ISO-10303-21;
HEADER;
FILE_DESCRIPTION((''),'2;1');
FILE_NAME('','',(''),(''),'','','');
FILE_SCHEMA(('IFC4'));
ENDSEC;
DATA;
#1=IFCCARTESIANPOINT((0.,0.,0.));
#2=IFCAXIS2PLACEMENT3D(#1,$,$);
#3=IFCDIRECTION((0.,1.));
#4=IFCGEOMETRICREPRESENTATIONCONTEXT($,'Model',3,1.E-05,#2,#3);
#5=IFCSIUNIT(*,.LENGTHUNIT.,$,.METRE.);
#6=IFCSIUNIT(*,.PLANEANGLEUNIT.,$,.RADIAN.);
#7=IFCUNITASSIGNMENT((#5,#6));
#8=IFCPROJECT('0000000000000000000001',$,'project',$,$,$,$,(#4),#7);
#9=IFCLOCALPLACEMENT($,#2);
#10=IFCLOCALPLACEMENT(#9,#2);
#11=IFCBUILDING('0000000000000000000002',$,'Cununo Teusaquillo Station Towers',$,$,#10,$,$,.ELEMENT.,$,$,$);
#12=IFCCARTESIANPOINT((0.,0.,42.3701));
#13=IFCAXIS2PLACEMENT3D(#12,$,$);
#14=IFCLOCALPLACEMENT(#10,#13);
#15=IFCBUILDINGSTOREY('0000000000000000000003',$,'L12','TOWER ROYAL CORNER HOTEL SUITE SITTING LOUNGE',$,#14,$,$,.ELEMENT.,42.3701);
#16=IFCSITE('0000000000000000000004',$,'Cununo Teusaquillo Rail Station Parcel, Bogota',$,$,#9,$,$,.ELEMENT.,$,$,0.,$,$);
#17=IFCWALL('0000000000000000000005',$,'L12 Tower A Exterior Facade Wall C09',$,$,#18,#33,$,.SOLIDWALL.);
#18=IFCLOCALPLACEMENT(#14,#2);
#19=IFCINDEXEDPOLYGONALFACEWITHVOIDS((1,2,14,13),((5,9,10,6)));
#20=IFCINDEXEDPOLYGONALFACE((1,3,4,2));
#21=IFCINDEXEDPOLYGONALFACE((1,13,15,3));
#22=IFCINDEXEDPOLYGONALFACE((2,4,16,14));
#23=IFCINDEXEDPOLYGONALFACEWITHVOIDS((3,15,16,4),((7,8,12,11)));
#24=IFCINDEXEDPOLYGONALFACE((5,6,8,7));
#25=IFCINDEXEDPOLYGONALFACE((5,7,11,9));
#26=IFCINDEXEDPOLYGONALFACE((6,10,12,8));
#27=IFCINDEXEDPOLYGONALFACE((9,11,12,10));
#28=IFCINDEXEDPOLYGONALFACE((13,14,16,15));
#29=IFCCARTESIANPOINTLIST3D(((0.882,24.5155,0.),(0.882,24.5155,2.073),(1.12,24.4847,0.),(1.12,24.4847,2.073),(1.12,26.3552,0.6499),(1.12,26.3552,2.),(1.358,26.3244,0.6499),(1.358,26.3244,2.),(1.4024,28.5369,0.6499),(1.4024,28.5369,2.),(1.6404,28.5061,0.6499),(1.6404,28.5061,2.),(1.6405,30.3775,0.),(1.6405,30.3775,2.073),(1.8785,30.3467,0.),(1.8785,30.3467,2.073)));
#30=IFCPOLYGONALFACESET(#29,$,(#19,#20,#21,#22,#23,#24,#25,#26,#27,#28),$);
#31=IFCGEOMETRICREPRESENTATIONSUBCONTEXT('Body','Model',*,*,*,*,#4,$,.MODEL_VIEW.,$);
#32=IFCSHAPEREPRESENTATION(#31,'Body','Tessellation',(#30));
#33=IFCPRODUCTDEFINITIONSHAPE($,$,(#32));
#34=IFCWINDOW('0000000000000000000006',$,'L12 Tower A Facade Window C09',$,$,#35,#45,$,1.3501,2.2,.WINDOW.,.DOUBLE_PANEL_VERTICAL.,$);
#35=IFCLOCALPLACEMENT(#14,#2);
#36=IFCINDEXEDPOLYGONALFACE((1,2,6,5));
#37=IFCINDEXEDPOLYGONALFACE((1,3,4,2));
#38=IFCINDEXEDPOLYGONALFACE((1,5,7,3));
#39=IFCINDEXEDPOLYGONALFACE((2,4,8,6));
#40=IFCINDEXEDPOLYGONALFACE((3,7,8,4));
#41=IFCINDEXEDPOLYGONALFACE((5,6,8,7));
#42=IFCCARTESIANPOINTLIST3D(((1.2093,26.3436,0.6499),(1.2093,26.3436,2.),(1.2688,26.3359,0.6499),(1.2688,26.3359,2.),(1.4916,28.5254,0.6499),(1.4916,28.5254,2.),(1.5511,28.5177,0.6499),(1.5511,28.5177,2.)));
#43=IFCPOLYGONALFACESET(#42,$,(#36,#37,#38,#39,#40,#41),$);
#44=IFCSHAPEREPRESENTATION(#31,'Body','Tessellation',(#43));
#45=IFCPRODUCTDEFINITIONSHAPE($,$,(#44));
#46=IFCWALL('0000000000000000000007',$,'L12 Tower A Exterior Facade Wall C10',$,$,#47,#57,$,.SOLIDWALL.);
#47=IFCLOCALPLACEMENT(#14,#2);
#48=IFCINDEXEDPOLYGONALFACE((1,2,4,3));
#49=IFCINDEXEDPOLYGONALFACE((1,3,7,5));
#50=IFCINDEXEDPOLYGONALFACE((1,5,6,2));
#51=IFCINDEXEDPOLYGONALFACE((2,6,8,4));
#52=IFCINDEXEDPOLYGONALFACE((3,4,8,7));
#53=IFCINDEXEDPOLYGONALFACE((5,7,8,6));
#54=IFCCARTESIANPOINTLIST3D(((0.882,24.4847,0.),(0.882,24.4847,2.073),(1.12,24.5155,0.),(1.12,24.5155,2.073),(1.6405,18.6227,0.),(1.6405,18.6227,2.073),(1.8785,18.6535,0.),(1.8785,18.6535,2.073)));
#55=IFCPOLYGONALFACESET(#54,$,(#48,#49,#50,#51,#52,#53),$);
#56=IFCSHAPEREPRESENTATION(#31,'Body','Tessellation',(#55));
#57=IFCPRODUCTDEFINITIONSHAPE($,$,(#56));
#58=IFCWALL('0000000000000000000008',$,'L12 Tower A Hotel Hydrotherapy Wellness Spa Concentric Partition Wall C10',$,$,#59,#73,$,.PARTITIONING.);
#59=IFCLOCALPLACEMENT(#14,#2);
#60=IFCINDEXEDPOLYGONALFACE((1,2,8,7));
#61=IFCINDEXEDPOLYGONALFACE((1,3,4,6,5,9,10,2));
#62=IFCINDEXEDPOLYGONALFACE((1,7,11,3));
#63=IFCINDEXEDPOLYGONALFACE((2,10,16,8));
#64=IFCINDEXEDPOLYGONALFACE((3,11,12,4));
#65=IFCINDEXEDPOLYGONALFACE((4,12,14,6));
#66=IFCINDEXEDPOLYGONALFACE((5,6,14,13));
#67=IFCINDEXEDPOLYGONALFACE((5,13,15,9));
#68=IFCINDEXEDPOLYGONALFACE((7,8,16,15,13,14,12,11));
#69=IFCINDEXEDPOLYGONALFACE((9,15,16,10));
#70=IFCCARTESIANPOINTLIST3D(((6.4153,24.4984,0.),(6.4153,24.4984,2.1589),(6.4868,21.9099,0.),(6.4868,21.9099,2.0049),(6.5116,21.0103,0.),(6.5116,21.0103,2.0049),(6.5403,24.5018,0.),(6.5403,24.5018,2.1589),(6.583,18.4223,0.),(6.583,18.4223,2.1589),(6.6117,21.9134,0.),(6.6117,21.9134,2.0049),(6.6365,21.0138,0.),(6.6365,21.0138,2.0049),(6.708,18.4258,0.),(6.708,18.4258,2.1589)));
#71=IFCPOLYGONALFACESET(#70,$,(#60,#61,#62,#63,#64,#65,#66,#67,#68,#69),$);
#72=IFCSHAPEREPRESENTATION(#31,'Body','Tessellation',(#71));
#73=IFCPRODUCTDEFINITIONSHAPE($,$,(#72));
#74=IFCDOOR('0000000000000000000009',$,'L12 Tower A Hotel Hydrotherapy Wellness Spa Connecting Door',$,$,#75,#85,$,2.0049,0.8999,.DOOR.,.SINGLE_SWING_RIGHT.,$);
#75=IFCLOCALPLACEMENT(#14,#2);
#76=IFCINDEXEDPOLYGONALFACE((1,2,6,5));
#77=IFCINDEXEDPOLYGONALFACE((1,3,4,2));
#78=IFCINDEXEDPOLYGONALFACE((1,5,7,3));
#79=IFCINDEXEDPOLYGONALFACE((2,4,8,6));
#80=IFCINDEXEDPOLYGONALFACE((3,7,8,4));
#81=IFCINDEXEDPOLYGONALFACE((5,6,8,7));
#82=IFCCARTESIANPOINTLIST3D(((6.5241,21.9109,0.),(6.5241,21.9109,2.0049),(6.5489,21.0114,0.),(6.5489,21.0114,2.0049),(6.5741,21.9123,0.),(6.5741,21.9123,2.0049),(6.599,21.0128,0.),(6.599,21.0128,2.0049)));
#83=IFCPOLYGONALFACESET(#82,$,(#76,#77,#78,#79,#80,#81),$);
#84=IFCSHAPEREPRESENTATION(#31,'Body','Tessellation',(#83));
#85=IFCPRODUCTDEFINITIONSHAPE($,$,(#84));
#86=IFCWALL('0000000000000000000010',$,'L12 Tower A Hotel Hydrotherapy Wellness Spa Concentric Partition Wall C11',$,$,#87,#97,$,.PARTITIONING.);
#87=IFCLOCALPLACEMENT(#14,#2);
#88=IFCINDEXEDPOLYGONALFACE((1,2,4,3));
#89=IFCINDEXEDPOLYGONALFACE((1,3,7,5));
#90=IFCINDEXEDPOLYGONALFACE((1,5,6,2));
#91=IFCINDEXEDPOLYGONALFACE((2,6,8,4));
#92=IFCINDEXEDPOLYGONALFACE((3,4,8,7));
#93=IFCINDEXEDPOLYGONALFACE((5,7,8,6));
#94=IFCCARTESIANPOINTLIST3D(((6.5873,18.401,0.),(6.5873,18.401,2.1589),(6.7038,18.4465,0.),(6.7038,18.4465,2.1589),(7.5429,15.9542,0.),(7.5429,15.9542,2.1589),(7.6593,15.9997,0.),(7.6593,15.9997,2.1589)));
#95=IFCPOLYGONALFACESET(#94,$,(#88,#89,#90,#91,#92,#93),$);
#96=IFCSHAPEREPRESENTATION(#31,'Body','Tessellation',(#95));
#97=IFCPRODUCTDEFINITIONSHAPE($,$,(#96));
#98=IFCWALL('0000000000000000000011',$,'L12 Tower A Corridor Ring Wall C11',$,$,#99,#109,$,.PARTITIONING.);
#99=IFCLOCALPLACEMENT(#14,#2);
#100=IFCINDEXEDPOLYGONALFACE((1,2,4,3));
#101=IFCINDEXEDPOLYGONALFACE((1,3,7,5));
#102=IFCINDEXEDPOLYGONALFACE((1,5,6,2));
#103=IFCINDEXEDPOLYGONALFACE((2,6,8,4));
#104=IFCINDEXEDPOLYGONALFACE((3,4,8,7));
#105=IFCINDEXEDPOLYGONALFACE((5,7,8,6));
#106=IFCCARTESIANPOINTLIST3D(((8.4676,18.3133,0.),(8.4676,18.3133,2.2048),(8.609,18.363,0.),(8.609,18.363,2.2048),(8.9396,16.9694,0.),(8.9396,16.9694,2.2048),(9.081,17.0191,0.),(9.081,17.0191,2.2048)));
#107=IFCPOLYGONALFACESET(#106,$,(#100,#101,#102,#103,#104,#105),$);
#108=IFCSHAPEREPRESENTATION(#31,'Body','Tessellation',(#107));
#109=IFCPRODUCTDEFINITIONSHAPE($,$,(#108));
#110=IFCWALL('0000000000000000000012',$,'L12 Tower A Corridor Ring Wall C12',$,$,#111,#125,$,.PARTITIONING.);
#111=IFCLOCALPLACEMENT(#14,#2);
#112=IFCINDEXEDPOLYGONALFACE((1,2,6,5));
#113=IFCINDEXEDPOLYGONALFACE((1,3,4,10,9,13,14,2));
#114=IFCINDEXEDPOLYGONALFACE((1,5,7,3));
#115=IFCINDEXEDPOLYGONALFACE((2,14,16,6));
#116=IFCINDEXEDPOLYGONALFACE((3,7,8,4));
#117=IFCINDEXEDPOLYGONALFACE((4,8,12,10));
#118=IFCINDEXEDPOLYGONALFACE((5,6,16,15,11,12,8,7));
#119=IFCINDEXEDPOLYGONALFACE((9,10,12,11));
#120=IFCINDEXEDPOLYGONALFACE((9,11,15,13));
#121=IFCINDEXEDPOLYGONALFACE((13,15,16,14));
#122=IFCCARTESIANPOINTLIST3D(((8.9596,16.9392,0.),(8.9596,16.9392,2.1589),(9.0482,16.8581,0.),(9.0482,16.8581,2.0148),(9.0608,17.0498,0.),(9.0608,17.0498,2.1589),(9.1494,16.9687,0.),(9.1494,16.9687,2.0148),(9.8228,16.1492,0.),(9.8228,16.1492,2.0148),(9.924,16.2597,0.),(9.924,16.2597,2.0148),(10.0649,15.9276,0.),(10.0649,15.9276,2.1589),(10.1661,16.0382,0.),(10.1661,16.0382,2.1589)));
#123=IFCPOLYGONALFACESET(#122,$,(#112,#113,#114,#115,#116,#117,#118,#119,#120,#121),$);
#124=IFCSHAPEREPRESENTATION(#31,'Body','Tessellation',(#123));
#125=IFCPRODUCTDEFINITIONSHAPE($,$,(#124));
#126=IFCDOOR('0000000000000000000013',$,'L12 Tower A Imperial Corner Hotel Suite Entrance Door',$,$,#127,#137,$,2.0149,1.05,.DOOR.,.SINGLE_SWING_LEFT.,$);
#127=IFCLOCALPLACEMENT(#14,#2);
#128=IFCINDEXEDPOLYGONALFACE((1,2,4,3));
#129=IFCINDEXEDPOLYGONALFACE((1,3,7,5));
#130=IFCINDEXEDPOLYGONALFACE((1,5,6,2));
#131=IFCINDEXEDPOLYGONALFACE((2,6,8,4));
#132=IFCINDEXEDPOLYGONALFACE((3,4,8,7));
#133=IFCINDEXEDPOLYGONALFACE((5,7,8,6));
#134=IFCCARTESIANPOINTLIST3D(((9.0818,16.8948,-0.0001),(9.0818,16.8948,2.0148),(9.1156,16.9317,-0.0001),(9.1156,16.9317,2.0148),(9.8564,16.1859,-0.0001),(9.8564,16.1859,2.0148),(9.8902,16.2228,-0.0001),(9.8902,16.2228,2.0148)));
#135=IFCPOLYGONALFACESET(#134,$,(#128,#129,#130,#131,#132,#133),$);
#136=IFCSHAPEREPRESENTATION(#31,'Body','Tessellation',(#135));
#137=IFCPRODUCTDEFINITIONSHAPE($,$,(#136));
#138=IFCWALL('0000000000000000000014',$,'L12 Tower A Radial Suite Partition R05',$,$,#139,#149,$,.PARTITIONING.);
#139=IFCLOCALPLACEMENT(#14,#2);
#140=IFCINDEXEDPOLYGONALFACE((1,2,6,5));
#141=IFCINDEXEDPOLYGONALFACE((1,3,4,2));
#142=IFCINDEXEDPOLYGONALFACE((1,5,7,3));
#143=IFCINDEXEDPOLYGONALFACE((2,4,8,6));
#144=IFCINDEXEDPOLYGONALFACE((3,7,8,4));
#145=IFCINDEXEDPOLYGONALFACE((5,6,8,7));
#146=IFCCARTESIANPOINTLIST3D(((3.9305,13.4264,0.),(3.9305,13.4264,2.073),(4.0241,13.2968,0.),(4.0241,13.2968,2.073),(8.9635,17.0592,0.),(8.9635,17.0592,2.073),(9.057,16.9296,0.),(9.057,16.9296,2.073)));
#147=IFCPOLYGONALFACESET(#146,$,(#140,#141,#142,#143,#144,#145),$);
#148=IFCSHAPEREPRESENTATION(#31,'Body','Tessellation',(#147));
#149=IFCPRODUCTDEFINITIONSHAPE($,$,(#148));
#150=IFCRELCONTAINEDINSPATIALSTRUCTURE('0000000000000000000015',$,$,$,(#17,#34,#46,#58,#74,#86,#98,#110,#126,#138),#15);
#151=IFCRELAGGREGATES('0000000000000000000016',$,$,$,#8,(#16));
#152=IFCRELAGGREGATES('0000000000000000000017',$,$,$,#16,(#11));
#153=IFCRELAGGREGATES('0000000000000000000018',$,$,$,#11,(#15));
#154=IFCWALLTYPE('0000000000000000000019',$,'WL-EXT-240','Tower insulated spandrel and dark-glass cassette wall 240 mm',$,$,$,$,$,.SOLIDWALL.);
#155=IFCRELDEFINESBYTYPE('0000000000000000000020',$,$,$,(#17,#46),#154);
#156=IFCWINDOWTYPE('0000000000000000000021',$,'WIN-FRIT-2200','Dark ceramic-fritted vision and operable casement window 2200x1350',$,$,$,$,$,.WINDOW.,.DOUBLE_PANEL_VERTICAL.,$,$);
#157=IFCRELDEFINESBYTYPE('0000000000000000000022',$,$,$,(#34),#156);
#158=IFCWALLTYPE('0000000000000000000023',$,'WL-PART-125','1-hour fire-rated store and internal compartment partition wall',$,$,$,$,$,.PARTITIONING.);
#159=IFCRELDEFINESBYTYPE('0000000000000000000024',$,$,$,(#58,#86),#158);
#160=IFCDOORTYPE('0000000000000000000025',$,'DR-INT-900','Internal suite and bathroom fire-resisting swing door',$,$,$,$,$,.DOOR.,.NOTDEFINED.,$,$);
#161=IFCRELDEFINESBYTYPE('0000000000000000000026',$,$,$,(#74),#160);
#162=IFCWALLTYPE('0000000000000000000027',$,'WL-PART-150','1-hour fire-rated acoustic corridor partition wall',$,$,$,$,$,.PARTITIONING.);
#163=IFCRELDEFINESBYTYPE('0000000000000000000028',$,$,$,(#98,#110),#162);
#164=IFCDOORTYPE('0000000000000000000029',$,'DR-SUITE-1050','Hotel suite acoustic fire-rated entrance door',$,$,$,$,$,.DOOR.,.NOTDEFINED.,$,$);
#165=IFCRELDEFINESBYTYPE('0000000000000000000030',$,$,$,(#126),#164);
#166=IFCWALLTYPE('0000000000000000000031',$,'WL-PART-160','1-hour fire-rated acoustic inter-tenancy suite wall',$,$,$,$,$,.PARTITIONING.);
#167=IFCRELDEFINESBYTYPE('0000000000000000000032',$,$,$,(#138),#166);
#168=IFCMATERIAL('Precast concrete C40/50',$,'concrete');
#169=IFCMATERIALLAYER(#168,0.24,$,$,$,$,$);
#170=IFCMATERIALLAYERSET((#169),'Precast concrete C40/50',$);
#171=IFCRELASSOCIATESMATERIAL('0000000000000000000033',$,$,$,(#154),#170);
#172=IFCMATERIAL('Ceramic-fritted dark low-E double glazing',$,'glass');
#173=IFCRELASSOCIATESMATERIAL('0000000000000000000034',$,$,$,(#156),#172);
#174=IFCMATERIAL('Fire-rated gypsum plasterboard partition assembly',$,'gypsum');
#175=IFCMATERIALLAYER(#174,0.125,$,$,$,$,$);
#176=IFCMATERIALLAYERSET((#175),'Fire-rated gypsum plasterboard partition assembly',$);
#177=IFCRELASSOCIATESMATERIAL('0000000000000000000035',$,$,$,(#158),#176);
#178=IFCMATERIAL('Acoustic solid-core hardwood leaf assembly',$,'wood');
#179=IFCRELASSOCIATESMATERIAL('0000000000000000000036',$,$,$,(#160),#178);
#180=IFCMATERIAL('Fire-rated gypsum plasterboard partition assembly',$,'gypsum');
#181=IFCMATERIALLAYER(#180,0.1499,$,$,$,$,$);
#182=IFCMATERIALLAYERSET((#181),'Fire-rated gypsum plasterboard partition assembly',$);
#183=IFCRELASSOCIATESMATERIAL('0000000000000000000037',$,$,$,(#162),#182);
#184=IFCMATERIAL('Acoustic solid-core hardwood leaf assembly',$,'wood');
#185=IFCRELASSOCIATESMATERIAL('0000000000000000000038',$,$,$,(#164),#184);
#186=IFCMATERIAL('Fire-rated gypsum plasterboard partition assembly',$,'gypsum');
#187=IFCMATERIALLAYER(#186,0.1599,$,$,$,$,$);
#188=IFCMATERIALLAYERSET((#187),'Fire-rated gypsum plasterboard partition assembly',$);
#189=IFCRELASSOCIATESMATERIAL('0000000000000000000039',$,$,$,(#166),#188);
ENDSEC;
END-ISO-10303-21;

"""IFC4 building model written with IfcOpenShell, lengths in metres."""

from ifc_helpers import new_model, si_unit, direction, frame, frame_2d, origin, place, context, subcontext, project, spatial, rectangle, extrude, source, transform, mapped, material, layer, layer_set, type_object, element, fill, save


model = new_model("IFC4")

# Units and contexts
model_context = context("Model", 3, precision=1e-05, world=origin(), true_north=direction((0.0, 1.0)))
body_context = subcontext(model_context, "Body", "Model", "MODEL_VIEW")
ifc_project = project(units=[si_unit("LENGTHUNIT", "METRE"), si_unit("PLANEANGLEUNIT", "RADIAN")], contexts=[model_context])

# Site, building, storey
site_placement = place(None, origin())
site = spatial("IfcSite", under=ifc_project, at=site_placement, Name="Cununo Teusaquillo Rail Station Parcel, Bogota", CompositionType="ELEMENT", RefElevation=0.0)
building_placement = place(site_placement, origin())
building = spatial("IfcBuilding", under=site, at=building_placement, Name="Cununo Teusaquillo Station Towers", CompositionType="ELEMENT")
storey_placement = place(building_placement, frame((0.0, 0.0, 42.3701)))
storey = spatial("IfcBuildingStorey", under=building, at=storey_placement, Name="L12", Description="TOWER ROYAL CORNER HOTEL SUITE SITTING LOUNGE", CompositionType="ELEMENT", Elevation=42.3701)

# Wall, opening, window
ifc_material_1 = material(Name="Precast concrete C40/50", Category="concrete")
ifc_layer_1 = layer(ifc_material_1, 0.24)
ifc_layer_set_1 = layer_set([ifc_layer_1], Name="Precast concrete C40/50")
wall_type_1 = type_object("IfcWallType", Name="WL-EXT-240", Description="Tower insulated spandrel and dark-glass cassette wall 240 mm", PredefinedType="SOLIDWALL", material=ifc_layer_set_1)
wall_1_placement = place(storey_placement, frame((1.001, 24.5, 0.0), z_axis=(0.0, 0.0, 1.0), x_axis=(0.128329, 0.991732, 0.0)))
wall_1 = element("IfcWall", 1, at=wall_1_placement, inside=storey, type_object=wall_type_1, Name="L12 Tower A Exterior Facade Wall C09", PredefinedType="SOLIDWALL", context=body_context, shape_type="SweptSolid", body=[
    extrude(rectangle(XDim=5.9109, YDim=0.24, at=frame_2d((2.9556, 0.0))), origin(), (0.0, 0.0, 1.0), 2.073),
])
shared_shape_1 = source(origin(), body_context, "Body", "SweptSolid", [
    extrude(rectangle(XDim=2.2, YDim=1.3501, at=frame_2d((1.1001, 0.675))), frame((0.0, 0.1299, 0.0), z_axis=(0.0, -1.0, 0.0), x_axis=(1.0, 0.0, 0.0)), (0.0, 0.0, 1.0), 0.26),
])
opening_1_placement = place(wall_1_placement, frame((1.855, 0.0, 0.6499)))
opening_1 = element("IfcOpeningElement", 2, at=opening_1_placement, cuts=wall_1, PredefinedType="OPENING", context=body_context, shape_type="MappedRepresentation", body=[
    mapped(shared_shape_1, transform((0.0, 0.0, 0.0), x_axis=(1.0, 0.0, 0.0), y_axis=(0.0, 1.0, 0.0), z_axis=(0.0, 0.0, 1.0), scale=1.0)),
])
ifc_material_2 = material(Name="Ceramic-fritted dark low-E double glazing", Category="glass")
window_type = type_object("IfcWindowType", Name="WIN-FRIT-2200", Description="Dark ceramic-fritted vision and operable casement window 2200x1350", PartitioningType="DOUBLE_PANEL_VERTICAL", PredefinedType="WINDOW", material=ifc_material_2)
shared_shape_2 = source(origin(), body_context, "Body", "SweptSolid", [
    extrude(rectangle(XDim=2.2, YDim=1.3501, at=frame_2d((1.1001, 0.675))), frame((0.0, 0.03, 0.0), z_axis=(0.0, -1.0, 0.0), x_axis=(1.0, 0.0, 0.0)), (0.0, 0.0, 1.0), 0.0601),
])
window_placement = place(opening_1_placement, origin())
window = element("IfcWindow", 3, at=window_placement, inside=storey, type_object=window_type, Name="L12 Tower A Facade Window C09", OverallHeight=1.3501, OverallWidth=2.2, PartitioningType="DOUBLE_PANEL_VERTICAL", PredefinedType="WINDOW", context=body_context, shape_type="MappedRepresentation", body=[
    mapped(shared_shape_2, transform((0.0, 0.0, 0.0), x_axis=(1.0, 0.0, 0.0), y_axis=(0.0, 1.0, 0.0), z_axis=(0.0, 0.0, 1.0), scale=1.0)),
])
fill(opening_1, window)

# Wall
wall_2_placement = place(storey_placement, frame((1.7595, 18.6379, 0.0), z_axis=(0.0, 0.0, 1.0), x_axis=(-0.128329, 0.991732, 0.0)))
element("IfcWall", 4, at=wall_2_placement, inside=storey, type_object=wall_type_1, Name="L12 Tower A Exterior Facade Wall C10", PredefinedType="SOLIDWALL", context=body_context, shape_type="SweptSolid", body=[
    extrude(rectangle(XDim=5.9109, YDim=0.24, at=frame_2d((2.9556, 0.0))), origin(), (0.0, 0.0, 1.0), 2.073),
])

# Wall, opening, door
ifc_material_3 = material(Name="Fire-rated gypsum plasterboard partition assembly", Category="gypsum")
ifc_layer_2 = layer(ifc_material_3, 0.125)
ifc_layer_set_2 = layer_set([ifc_layer_2], Name="Fire-rated gypsum plasterboard partition assembly")
wall_type_2 = type_object("IfcWallType", Name="WL-PART-125", Description="1-hour fire-rated store and internal compartment partition wall", PredefinedType="PARTITIONING", material=ifc_layer_set_2)
wall_3_placement = place(storey_placement, frame((6.4778, 24.5, 0.0), z_axis=(0.0, 0.0, 1.0), x_axis=(0.027593, -0.999619, 0.0)))
wall_3 = element("IfcWall", 5, at=wall_3_placement, inside=storey, type_object=wall_type_2, Name="L12 Tower A Hotel Hydrotherapy Wellness Spa Concentric Partition Wall C10", PredefinedType="PARTITIONING", context=body_context, shape_type="SweptSolid", body=[
    extrude(rectangle(XDim=6.0784, YDim=0.125, at=frame_2d((3.0391, 0.0))), origin(), (0.0, 0.0, 1.0), 2.1589),
])
shared_shape_3 = source(origin(), body_context, "Body", "SweptSolid", [
    extrude(rectangle(XDim=0.8999, YDim=2.0049, at=frame_2d((0.45, 1.0024))), frame((0.0, 0.0725, 0.0), z_axis=(0.0, -1.0, 0.0), x_axis=(1.0, 0.0, 0.0)), (0.0, 0.0, 1.0), 0.145),
])
opening_2_placement = place(wall_3_placement, frame((2.5894, 0.0, 0.0)))
opening_2 = element("IfcOpeningElement", 6, at=opening_2_placement, cuts=wall_3, PredefinedType="OPENING", context=body_context, shape_type="MappedRepresentation", body=[
    mapped(shared_shape_3, transform((0.0, 0.0, 0.0), x_axis=(1.0, 0.0, 0.0), y_axis=(0.0, 1.0, 0.0), z_axis=(0.0, 0.0, 1.0), scale=1.0)),
])
ifc_material_4 = material(Name="Acoustic solid-core hardwood leaf assembly", Category="wood")
door_type_1 = type_object("IfcDoorType", Name="DR-INT-900", Description="Internal suite and bathroom fire-resisting swing door", OperationType="NOTDEFINED", PredefinedType="DOOR", material=ifc_material_4)
shared_shape_4 = source(origin(), body_context, "Body", "SweptSolid", [
    extrude(rectangle(XDim=0.8999, YDim=2.0049, at=frame_2d((0.45, 1.0024))), frame((0.0, 0.0249, 0.0), z_axis=(0.0, -1.0, 0.0), x_axis=(1.0, 0.0, 0.0)), (0.0, 0.0, 1.0), 0.05),
])
door_1_placement = place(opening_2_placement, origin())
door_1 = element("IfcDoor", 7, at=door_1_placement, inside=storey, type_object=door_type_1, Name="L12 Tower A Hotel Hydrotherapy Wellness Spa Connecting Door", OperationType="SINGLE_SWING_RIGHT", OverallHeight=2.0049, OverallWidth=0.8999, PredefinedType="DOOR", context=body_context, shape_type="MappedRepresentation", body=[
    mapped(shared_shape_4, transform((0.0, 0.0, 0.0), x_axis=(1.0, 0.0, 0.0), y_axis=(0.0, 1.0, 0.0), z_axis=(0.0, 0.0, 1.0), scale=1.0)),
])
fill(opening_2, door_1)

# Walls
wall_4_placement = place(storey_placement, frame((6.6455, 18.4238, 0.0), z_axis=(0.0, 0.0, 1.0), x_axis=(0.363782, -0.931484, 0.0)))
element("IfcWall", 8, at=wall_4_placement, inside=storey, type_object=wall_type_2, Name="L12 Tower A Hotel Hydrotherapy Wellness Spa Concentric Partition Wall C11", PredefinedType="PARTITIONING", context=body_context, shape_type="SweptSolid", body=[
    extrude(rectangle(XDim=2.6267, YDim=0.125, at=frame_2d((1.3135, 0.0))), origin(), (0.0, 0.0, 1.0), 2.1589),
])
ifc_material_5 = material(Name="Fire-rated gypsum plasterboard partition assembly", Category="gypsum")
ifc_layer_3 = layer(ifc_material_5, 0.1499)
ifc_layer_set_3 = layer_set([ifc_layer_3], Name="Fire-rated gypsum plasterboard partition assembly")
wall_type_3 = type_object("IfcWallType", Name="WL-PART-150", Description="1-hour fire-rated acoustic corridor partition wall", PredefinedType="PARTITIONING", material=ifc_layer_set_3)
wall_5_placement = place(storey_placement, frame((8.5383, 18.3381, 0.0), z_axis=(0.0, 0.0, 1.0), x_axis=(0.331358, -0.943505, 0.0)))
element("IfcWall", 9, at=wall_5_placement, inside=storey, type_object=wall_type_3, Name="L12 Tower A Corridor Ring Wall C11", PredefinedType="PARTITIONING", context=body_context, shape_type="SweptSolid", body=[
    extrude(rectangle(XDim=1.4243, YDim=0.1499, at=frame_2d((0.7122, 0.0))), origin(), (0.0, 0.0, 1.0), 2.2048),
])

# Wall, opening, door
wall_6_placement = place(storey_placement, frame((9.0103, 16.9944, 0.0), z_axis=(0.0, 0.0, 1.0), x_axis=(0.737702, -0.675127, 0.0)))
wall_6 = element("IfcWall", 10, at=wall_6_placement, inside=storey, type_object=wall_type_3, Name="L12 Tower A Corridor Ring Wall C12", PredefinedType="PARTITIONING", context=body_context, shape_type="SweptSolid", body=[
    extrude(rectangle(XDim=1.4983, YDim=0.1499, at=frame_2d((0.749, 0.0))), origin(), (0.0, 0.0, 1.0), 2.1589),
])
shared_shape_5 = source(origin(), body_context, "Body", "SweptSolid", [
    extrude(rectangle(XDim=1.05, YDim=2.0149, at=frame_2d((0.5249, 1.0073))), frame((0.0, 0.085, 0.0), z_axis=(0.0, -1.0, 0.0), x_axis=(1.0, 0.0, 0.0)), (0.0, 0.0, 1.0), 0.1699),
])
opening_3_placement = place(wall_6_placement, frame((0.1201, 0.0, 0.0)))
opening_3 = element("IfcOpeningElement", 11, at=opening_3_placement, cuts=wall_6, PredefinedType="OPENING", context=body_context, shape_type="MappedRepresentation", body=[
    mapped(shared_shape_5, transform((0.0, 0.0, 0.0), x_axis=(1.0, 0.0, 0.0), y_axis=(0.0, 1.0, 0.0), z_axis=(0.0, 0.0, 1.0), scale=1.0)),
])
ifc_material_6 = material(Name="Acoustic solid-core hardwood leaf assembly", Category="wood")
door_type_2 = type_object("IfcDoorType", Name="DR-SUITE-1050", Description="Hotel suite acoustic fire-rated entrance door", OperationType="NOTDEFINED", PredefinedType="DOOR", material=ifc_material_6)
shared_shape_6 = source(origin(), body_context, "Body", "SweptSolid", [
    extrude(rectangle(XDim=1.05, YDim=2.0149, at=frame_2d((0.5249, 1.0073))), frame((0.0, 0.0249, 0.0), z_axis=(0.0, -1.0, 0.0), x_axis=(1.0, 0.0, 0.0)), (0.0, 0.0, 1.0), 0.05),
])
door_2_placement = place(opening_3_placement, origin())
door_2 = element("IfcDoor", 12, at=door_2_placement, inside=storey, type_object=door_type_2, Name="L12 Tower A Imperial Corner Hotel Suite Entrance Door", OperationType="SINGLE_SWING_LEFT", OverallHeight=2.0149, OverallWidth=1.05, PredefinedType="DOOR", context=body_context, shape_type="MappedRepresentation", body=[
    mapped(shared_shape_6, transform((0.0, 0.0, 0.0), x_axis=(1.0, 0.0, 0.0), y_axis=(0.0, 1.0, 0.0), z_axis=(0.0, 0.0, 1.0), scale=1.0)),
])
fill(opening_3, door_2)

# Wall
ifc_material_7 = material(Name="Fire-rated gypsum plasterboard partition assembly", Category="gypsum")
ifc_layer_4 = layer(ifc_material_7, 0.1599)
ifc_layer_set_4 = layer_set([ifc_layer_4], Name="Fire-rated gypsum plasterboard partition assembly")
wall_type_4 = type_object("IfcWallType", Name="WL-PART-160", Description="1-hour fire-rated acoustic inter-tenancy suite wall", PredefinedType="PARTITIONING", material=ifc_layer_set_4)
wall_7_placement = place(storey_placement, frame((9.0103, 16.9944, 0.0), z_axis=(0.0, 0.0, 1.0), x_axis=(-0.81084, -0.585268, 0.0)))
element("IfcWall", 13, at=wall_7_placement, inside=storey, type_object=wall_type_4, Name="L12 Tower A Radial Suite Partition R05", PredefinedType="PARTITIONING", context=body_context, shape_type="SweptSolid", body=[
    extrude(rectangle(XDim=6.207, YDim=0.1599, at=frame_2d((3.1035, 0.0))), origin(), (0.0, 0.0, 1.0), 2.073),
])

save(model, "model.ifc")
